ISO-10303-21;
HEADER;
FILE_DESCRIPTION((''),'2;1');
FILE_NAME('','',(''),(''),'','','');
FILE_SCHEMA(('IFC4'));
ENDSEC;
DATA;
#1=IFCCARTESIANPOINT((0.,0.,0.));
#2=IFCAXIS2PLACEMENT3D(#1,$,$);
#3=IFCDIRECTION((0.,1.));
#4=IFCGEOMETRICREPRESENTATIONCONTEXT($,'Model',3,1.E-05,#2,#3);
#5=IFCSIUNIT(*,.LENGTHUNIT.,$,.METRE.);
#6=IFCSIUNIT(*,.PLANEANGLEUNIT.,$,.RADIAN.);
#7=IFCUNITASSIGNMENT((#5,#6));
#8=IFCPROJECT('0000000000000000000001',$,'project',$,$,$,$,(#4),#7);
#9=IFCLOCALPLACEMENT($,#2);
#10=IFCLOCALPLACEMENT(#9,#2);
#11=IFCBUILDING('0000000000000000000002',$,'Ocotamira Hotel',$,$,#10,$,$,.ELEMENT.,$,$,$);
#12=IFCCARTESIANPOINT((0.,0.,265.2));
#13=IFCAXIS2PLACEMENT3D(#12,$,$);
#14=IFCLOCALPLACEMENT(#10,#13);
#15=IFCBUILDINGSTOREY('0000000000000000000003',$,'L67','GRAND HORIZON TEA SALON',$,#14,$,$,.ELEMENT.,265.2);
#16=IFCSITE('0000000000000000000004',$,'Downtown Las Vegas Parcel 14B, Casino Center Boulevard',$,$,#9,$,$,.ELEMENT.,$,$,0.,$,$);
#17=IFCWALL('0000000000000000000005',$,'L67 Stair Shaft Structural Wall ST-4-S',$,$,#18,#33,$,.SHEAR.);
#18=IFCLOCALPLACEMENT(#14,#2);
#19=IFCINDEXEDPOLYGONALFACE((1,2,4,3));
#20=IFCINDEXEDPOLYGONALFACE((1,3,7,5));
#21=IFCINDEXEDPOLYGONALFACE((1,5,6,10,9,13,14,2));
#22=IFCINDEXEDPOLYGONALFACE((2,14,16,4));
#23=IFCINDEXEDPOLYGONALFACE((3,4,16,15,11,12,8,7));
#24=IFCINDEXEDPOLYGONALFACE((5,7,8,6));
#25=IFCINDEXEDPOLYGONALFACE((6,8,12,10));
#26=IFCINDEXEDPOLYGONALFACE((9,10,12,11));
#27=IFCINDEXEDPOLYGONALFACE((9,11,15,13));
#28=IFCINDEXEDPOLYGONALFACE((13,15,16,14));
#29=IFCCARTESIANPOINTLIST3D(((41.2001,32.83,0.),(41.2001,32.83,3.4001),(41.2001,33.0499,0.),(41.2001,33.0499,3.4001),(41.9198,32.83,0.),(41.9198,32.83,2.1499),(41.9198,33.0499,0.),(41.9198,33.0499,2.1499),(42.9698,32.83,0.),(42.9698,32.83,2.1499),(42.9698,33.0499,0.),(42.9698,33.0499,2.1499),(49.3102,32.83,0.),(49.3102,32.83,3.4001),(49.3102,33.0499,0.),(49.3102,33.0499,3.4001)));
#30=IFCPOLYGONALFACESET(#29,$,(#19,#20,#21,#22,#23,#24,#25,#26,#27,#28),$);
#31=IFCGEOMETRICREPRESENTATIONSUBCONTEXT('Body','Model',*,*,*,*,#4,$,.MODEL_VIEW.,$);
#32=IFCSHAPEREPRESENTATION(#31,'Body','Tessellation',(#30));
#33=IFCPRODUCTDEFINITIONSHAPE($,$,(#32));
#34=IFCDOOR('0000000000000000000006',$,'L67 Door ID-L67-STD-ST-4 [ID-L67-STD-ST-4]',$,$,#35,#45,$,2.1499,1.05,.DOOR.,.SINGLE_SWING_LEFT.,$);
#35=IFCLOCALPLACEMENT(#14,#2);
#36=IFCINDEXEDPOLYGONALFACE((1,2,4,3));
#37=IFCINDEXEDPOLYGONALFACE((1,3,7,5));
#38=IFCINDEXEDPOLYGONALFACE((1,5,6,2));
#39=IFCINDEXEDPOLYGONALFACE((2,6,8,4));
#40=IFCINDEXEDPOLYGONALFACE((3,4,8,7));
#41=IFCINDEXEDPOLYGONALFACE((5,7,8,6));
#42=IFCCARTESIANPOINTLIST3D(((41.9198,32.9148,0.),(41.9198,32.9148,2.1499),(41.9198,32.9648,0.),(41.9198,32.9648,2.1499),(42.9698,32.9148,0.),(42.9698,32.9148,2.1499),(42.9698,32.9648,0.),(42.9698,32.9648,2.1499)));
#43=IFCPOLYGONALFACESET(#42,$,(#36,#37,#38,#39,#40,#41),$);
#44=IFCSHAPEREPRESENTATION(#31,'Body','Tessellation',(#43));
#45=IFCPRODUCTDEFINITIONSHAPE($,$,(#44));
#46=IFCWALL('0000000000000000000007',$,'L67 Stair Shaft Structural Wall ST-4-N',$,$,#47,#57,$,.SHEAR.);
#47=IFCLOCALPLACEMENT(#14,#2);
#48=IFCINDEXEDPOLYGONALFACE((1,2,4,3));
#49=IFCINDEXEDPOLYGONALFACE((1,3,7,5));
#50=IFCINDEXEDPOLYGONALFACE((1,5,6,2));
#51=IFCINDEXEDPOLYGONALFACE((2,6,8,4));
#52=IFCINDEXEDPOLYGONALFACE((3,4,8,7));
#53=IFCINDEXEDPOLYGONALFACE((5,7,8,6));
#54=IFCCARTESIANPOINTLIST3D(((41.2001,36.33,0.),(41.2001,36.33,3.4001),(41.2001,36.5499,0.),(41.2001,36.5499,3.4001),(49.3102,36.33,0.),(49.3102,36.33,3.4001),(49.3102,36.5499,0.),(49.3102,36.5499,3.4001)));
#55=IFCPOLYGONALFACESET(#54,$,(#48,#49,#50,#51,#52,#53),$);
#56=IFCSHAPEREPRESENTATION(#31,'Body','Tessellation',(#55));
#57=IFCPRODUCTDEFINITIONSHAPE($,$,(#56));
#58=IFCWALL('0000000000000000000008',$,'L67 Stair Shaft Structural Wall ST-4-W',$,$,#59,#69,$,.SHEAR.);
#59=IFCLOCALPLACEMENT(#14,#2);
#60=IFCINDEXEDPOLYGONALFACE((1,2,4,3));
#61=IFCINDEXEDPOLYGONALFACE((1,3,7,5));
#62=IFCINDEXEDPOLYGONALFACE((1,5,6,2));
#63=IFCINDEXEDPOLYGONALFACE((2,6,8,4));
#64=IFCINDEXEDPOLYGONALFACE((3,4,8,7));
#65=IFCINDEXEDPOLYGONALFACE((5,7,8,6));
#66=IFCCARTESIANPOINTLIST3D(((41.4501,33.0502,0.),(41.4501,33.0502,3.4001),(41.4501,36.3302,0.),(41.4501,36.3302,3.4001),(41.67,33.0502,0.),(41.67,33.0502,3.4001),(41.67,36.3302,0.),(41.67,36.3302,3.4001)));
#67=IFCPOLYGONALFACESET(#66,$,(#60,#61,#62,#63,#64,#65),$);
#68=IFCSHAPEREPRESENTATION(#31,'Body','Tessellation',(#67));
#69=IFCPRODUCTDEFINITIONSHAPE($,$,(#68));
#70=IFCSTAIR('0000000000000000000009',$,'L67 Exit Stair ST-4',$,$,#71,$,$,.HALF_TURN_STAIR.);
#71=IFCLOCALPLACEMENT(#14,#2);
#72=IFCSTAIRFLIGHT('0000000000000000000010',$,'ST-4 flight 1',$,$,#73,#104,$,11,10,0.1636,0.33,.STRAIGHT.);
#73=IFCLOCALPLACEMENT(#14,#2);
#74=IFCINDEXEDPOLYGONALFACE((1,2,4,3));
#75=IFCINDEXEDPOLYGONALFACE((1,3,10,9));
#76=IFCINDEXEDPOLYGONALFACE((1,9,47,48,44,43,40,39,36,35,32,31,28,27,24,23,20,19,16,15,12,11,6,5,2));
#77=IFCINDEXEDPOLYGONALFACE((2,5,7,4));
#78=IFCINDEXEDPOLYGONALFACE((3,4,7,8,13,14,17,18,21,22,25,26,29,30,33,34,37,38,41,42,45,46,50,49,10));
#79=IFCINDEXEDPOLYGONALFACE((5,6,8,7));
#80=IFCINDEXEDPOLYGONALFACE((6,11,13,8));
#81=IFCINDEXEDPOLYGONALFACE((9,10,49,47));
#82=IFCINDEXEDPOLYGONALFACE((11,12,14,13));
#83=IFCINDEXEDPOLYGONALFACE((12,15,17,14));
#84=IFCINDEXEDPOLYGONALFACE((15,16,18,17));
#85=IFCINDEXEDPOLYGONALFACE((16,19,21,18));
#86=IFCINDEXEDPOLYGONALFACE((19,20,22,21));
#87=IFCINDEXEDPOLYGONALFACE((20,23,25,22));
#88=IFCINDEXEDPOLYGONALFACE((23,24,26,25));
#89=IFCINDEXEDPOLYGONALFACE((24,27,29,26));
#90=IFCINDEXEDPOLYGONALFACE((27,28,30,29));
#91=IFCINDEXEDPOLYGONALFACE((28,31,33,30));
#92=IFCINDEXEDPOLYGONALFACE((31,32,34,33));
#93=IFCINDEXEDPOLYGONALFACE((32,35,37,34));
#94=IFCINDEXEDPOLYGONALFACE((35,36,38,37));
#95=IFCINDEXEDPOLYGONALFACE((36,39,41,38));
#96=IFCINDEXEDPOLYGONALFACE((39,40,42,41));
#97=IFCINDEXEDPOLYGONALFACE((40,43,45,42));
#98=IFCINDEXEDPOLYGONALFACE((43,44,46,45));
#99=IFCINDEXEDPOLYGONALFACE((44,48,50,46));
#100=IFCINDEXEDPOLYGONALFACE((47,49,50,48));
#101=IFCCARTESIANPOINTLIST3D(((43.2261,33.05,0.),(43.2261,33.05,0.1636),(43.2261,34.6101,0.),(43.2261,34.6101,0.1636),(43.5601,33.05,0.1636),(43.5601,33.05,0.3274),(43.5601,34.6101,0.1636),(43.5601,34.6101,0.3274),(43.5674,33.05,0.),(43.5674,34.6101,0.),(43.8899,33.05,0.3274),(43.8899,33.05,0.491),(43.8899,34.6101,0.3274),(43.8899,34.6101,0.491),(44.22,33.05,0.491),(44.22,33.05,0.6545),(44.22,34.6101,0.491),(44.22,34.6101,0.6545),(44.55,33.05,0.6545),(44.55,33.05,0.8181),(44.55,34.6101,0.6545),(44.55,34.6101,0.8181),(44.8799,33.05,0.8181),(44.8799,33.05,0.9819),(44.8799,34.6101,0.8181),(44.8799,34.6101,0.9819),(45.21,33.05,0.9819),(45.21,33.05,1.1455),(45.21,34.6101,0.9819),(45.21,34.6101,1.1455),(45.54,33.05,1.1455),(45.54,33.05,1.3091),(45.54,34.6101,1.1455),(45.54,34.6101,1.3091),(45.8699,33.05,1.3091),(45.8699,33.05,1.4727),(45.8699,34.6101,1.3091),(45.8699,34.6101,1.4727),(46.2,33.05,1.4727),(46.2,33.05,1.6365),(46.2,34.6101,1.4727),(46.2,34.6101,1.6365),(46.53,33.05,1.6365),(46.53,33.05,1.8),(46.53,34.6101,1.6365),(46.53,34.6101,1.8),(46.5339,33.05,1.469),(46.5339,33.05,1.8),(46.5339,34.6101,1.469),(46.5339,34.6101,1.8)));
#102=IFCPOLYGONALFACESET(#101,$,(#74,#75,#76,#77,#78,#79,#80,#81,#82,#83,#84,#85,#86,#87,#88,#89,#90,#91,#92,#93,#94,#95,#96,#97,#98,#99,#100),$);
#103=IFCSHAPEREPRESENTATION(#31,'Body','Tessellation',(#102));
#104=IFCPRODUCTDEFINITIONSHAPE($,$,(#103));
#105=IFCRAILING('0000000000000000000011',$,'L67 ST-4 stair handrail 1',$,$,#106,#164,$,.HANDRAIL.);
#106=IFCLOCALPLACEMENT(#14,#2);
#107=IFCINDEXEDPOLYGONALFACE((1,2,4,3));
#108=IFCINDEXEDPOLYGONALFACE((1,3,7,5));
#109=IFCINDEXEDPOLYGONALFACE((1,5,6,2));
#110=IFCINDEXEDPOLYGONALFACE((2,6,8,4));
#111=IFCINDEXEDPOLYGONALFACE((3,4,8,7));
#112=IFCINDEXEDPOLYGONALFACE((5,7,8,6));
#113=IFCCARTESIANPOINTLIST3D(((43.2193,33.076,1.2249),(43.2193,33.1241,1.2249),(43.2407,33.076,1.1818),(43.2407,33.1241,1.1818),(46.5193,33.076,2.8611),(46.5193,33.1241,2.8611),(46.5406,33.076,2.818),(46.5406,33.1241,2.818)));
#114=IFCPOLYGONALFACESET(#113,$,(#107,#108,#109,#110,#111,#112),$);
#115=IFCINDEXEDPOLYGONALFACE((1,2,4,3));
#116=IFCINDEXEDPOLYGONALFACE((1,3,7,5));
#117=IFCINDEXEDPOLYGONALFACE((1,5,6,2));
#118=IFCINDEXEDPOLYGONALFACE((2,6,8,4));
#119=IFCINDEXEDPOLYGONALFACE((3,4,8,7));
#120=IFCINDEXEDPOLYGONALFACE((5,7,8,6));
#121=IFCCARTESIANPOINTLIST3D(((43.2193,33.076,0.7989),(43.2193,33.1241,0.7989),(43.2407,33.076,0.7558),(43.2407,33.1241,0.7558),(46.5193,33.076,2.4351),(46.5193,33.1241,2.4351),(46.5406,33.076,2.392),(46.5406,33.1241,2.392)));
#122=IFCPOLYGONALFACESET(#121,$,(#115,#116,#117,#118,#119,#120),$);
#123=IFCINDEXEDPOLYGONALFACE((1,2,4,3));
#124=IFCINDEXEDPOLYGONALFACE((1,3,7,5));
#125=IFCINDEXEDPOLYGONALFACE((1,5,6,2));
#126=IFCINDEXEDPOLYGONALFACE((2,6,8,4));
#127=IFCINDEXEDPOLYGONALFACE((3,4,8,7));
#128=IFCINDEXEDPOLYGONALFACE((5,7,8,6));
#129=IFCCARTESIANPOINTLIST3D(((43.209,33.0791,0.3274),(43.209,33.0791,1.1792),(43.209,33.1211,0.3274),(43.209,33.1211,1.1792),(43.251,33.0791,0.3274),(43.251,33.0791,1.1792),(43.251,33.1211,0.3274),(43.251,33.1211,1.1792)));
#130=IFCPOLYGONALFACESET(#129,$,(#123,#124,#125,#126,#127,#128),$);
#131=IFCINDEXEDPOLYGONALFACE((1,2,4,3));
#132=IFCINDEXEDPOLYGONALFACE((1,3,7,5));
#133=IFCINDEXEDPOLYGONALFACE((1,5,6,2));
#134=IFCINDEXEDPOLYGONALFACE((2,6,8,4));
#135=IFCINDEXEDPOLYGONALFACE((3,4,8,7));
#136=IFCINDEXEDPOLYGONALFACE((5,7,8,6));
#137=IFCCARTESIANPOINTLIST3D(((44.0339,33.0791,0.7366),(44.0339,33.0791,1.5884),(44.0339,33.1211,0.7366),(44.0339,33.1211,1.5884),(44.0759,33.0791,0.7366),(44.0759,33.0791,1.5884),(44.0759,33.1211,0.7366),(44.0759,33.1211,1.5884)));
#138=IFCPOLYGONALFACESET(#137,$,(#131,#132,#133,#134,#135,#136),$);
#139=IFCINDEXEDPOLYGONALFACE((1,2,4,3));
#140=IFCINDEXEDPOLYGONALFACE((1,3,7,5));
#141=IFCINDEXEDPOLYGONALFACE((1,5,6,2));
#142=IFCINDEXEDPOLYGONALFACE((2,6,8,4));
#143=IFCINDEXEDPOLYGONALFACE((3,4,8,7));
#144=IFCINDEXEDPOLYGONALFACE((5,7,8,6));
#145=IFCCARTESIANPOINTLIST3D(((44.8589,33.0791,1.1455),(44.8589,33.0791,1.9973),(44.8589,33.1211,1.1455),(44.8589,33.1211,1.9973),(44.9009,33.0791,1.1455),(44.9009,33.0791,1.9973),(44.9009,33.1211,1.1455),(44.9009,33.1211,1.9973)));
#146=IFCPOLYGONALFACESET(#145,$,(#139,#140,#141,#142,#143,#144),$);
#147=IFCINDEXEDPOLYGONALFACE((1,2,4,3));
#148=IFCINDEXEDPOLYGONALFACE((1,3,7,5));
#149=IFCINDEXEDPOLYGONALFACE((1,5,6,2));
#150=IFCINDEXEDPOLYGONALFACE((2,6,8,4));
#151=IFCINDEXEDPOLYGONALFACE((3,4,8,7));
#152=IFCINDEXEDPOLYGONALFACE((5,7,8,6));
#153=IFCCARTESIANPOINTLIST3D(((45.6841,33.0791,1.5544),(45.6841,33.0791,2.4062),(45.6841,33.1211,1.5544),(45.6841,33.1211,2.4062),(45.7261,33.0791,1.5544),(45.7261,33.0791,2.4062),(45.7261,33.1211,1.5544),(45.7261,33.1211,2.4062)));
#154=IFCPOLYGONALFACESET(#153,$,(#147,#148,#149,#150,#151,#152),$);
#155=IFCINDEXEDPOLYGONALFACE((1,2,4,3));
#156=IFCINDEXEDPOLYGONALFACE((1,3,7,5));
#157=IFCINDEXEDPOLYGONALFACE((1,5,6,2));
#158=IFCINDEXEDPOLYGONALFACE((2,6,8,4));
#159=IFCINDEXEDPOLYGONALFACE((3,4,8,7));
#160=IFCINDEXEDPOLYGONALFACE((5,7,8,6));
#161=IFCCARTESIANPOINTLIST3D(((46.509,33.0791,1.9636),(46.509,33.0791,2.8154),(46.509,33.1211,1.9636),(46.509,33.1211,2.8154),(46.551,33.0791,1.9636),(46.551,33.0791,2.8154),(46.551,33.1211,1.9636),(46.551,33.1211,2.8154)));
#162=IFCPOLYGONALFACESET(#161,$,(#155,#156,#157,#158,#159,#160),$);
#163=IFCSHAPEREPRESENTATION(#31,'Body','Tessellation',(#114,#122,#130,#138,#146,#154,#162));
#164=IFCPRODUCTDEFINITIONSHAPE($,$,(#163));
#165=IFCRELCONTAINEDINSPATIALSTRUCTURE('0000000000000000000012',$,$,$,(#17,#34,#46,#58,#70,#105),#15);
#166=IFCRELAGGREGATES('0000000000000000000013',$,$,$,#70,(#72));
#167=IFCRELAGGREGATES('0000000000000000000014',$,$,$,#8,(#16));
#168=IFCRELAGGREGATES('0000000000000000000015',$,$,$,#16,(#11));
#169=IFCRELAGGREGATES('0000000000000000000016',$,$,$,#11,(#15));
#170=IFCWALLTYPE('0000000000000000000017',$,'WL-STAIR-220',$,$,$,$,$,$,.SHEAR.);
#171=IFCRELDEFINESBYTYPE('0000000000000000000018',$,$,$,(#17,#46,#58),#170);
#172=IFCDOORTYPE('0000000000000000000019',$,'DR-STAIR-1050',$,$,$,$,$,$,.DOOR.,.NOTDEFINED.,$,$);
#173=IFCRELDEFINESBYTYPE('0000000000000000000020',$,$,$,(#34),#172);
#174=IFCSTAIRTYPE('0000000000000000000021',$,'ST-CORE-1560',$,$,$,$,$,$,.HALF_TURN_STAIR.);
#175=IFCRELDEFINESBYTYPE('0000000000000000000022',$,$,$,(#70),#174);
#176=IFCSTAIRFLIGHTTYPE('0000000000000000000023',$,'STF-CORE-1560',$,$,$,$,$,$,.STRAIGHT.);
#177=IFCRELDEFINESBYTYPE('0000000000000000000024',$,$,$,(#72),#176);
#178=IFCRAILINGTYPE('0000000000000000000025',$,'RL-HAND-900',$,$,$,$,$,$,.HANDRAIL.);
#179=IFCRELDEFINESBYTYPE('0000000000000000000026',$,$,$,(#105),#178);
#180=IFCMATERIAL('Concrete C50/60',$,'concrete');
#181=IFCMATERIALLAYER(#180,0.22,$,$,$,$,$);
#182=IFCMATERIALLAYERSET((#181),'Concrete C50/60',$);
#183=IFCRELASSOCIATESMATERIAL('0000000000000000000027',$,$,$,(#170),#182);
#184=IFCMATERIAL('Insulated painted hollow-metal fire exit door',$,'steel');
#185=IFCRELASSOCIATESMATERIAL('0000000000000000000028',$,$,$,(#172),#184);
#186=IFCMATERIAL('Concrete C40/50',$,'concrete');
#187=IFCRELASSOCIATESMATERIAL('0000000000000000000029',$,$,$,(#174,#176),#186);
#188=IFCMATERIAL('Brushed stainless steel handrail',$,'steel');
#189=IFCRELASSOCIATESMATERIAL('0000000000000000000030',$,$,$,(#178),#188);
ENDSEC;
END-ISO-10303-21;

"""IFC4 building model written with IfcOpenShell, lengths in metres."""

from ifc_helpers import new_model, si_unit, direction, frame, frame_2d, origin, origin_2d, place, context, subcontext, project, spatial, polyline, rectangle, outline, extrude, source, transform, mapped, material, layer, layer_set, type_object, element, fill, aggregate, save


model = new_model("IFC4")

# Units and contexts
model_context = context("Model", 3, precision=1e-05, world=origin(), true_north=direction((0.0, 1.0)))
body_context = subcontext(model_context, "Body", "Model", "MODEL_VIEW")
ifc_project = project(units=[si_unit("LENGTHUNIT", "METRE"), si_unit("PLANEANGLEUNIT", "RADIAN")], contexts=[model_context])

# Site, building, storey
site_placement = place(None, origin())
site = spatial("IfcSite", under=ifc_project, at=site_placement, Name="Downtown Las Vegas Parcel 14B, Casino Center Boulevard", CompositionType="ELEMENT", RefElevation=0.0)
building_placement = place(site_placement, origin())
building = spatial("IfcBuilding", under=site, at=building_placement, Name="Ocotamira Hotel", CompositionType="ELEMENT")
storey_placement = place(building_placement, frame((0.0, 0.0, 265.2)))
storey = spatial("IfcBuildingStorey", under=building, at=storey_placement, Name="L67", Description="GRAND HORIZON TEA SALON", CompositionType="ELEMENT", Elevation=265.2)

# Shared definitions
ifc_material_1 = material(Name="Concrete C50/60", Category="concrete")

# Wall, opening, door
ifc_layer_1 = layer(ifc_material_1, 0.22)
ifc_layer_set_1 = layer_set([ifc_layer_1], Name="Concrete C50/60")
wall_type_1 = type_object("IfcWallType", Name="WL-STAIR-220", PredefinedType="SHEAR", material=ifc_layer_set_1)
wall_1_placement = place(storey_placement, frame((41.2, 32.9399, 0.0), z_axis=(0.0, 0.0, 1.0), x_axis=(1.0, 0.0, 0.0)))
wall_1 = element("IfcWall", 1, at=wall_1_placement, inside=storey, type_object=wall_type_1, Name="L67 Stair Shaft Structural Wall ST-4-S", PredefinedType="SHEAR", context=body_context, shape_type="SweptSolid", body=[
    extrude(rectangle(XDim=8.1101, YDim=0.22, at=frame_2d((4.0552, 0.0))), origin(), (0.0, 0.0, 1.0), 3.4001),
])
opening_1_placement = place(wall_1_placement, frame((0.72, 0.0, 0.0)))
opening_1 = element("IfcOpeningElement", 2, at=opening_1_placement, cuts=wall_1, PredefinedType="OPENING", context=body_context, shape_type="SweptSolid", body=[
    extrude(rectangle(XDim=1.05, YDim=2.1499, at=frame_2d((0.5249, 1.075))), frame((0.0, 0.1201, 0.0), z_axis=(0.0, -1.0, 0.0), x_axis=(1.0, 0.0, 0.0)), (0.0, 0.0, 1.0), 0.24),
])
ifc_material_2 = material(Name="Insulated painted hollow-metal fire exit door", Category="steel")
door_type_1 = type_object("IfcDoorType", Name="DR-STAIR-1050", OperationType="NOTDEFINED", PredefinedType="DOOR", material=ifc_material_2)
shared_shape_1 = source(origin(), body_context, "Body", "SweptSolid", [
    extrude(rectangle(XDim=1.05, YDim=2.1499, at=frame_2d((0.5249, 1.075))), frame((0.0, 0.0249, 0.0), z_axis=(0.0, -1.0, 0.0), x_axis=(1.0, 0.0, 0.0)), (0.0, 0.0, 1.0), 0.05),
])
door_1_placement = place(opening_1_placement, origin())
door_1 = element("IfcDoor", 3, at=door_1_placement, inside=storey, type_object=door_type_1, Name="L67 Door ID-L67-STD-ST-4 [ID-L67-STD-ST-4]", OperationType="SINGLE_SWING_LEFT", OverallHeight=2.1499, OverallWidth=1.05, PredefinedType="DOOR", context=body_context, shape_type="MappedRepresentation", body=[
    mapped(shared_shape_1, transform((0.0, 0.0, 0.0), scale=1.0)),
])
fill(opening_1, door_1)

# Walls
wall_2_placement = place(storey_placement, frame((41.2, 36.4399, 0.0), z_axis=(0.0, 0.0, 1.0), x_axis=(1.0, 0.0, 0.0)))
element("IfcWall", 4, at=wall_2_placement, inside=storey, type_object=wall_type_1, Name="L67 Stair Shaft Structural Wall ST-4-N", PredefinedType="SHEAR", context=body_context, shape_type="SweptSolid", body=[
    extrude(rectangle(XDim=8.1101, YDim=0.22, at=frame_2d((4.0552, 0.0))), origin(), (0.0, 0.0, 1.0), 3.4001),
])
wall_3_placement = place(storey_placement, frame((41.5601, 33.05, 0.0), z_axis=(0.0, 0.0, 1.0), x_axis=(0.0, 1.0, 0.0)))
element("IfcWall", 5, at=wall_3_placement, inside=storey, type_object=wall_type_1, Name="L67 Stair Shaft Structural Wall ST-4-W", PredefinedType="SHEAR", context=body_context, shape_type="SweptSolid", body=[
    extrude(rectangle(XDim=3.28, YDim=0.22, at=frame_2d((1.6401, 0.0))), origin(), (0.0, 0.0, 1.0), 3.4001),
])

# Stair, stair flight
ifc_material_3 = material(Name="Concrete C40/50", Category="concrete")
stair_type = type_object("IfcStairType", Name="ST-CORE-1560", PredefinedType="HALF_TURN_STAIR", material=ifc_material_3)
stair_placement = place(storey_placement, origin())
stair = element("IfcStair", 6, at=stair_placement, inside=storey, type_object=stair_type, Name="L67 Exit Stair ST-4", PredefinedType="HALF_TURN_STAIR")
stair_flight_type = type_object("IfcStairFlightType", Name="STF-CORE-1560", PredefinedType="STRAIGHT", material=ifc_material_3)
shared_shape_2 = source(origin(), body_context, "Body", "SweptSolid", [
    extrude(outline(polyline([(-0.0039, 0.0), (-0.0039, 0.1636), (0.3301, 0.1636), (0.3301, 0.3274), (0.6599, 0.3274), (0.6599, 0.491), (0.99, 0.491), (0.99, 0.6545), (1.3201, 0.6545), (1.3201, 0.8181), (1.6499, 0.8181), (1.6499, 0.9819), (1.98, 0.9819), (1.98, 1.1455), (2.3101, 1.1455), (2.3101, 1.3091), (2.6399, 1.3091), (2.6399, 1.4727), (2.97, 1.4727), (2.97, 1.6365), (3.3, 1.6365), (3.3, 1.8), (3.304, 1.8), (3.304, 1.469), (0.3374, 0.0), (-0.0039, 0.0)])), frame((0.0, 0.78, 0.0), z_axis=(0.0, -1.0, 0.0), x_axis=(1.0, 0.0, 0.0)), (0.0, 0.0, 1.0), 1.5601),
])
stair_flight_placement = place(storey_placement, frame((43.23, 33.8301, 0.0), z_axis=(0.0, 0.0, 1.0), x_axis=(1.0, 0.0, 0.0)))
stair_flight = element("IfcStairFlight", 7, at=stair_flight_placement, type_object=stair_flight_type, Name="ST-4 flight 1", NumberOfRisers=11, NumberOfTreads=10, PredefinedType="STRAIGHT", RiserHeight=0.1636, TreadLength=0.33, context=body_context, shape_type="MappedRepresentation", body=[
    mapped(shared_shape_2, transform((0.0, 0.0, 0.0), scale=1.0)),
])
aggregate(stair, [stair_flight])

# Railing
ifc_material_4 = material(Name="Brushed stainless steel handrail", Category="steel")
railing_type_1 = type_object("IfcRailingType", Name="RL-HAND-900", PredefinedType="HANDRAIL", material=ifc_material_4)
railing_1_placement = place(storey_placement, frame((43.23, 33.1001, 0.3274)))
element("IfcRailing", 8, at=railing_1_placement, inside=storey, type_object=railing_type_1, Name="L67 ST-4 stair handrail 1", PredefinedType="HANDRAIL", context=body_context, shape_type="SweptSolid", body=[
    extrude(rectangle(XDim=0.0481, YDim=0.0481, at=origin_2d()), frame((0.0, 0.0, 0.876), z_axis=(0.89592, 0.0, 0.444215), x_axis=(0.0, 1.0, 0.0)), (0.0, 0.0, 1.0), 3.6833),
    extrude(rectangle(XDim=0.0481, YDim=0.0481, at=origin_2d()), frame((0.0, 0.0, 0.45), z_axis=(0.89592, 0.0, 0.444215), x_axis=(0.0, 1.0, 0.0)), (0.0, 0.0, 1.0), 3.6833),
    extrude(rectangle(XDim=0.042, YDim=0.042, at=origin_2d()), origin(), (0.0, 0.0, 1.0), 0.8518),
    extrude(rectangle(XDim=0.042, YDim=0.042, at=origin_2d()), frame((0.825, 0.0, 0.4092)), (0.0, 0.0, 1.0), 0.8518),
    extrude(rectangle(XDim=0.042, YDim=0.042, at=origin_2d()), frame((1.6499, 0.0, 0.8181)), (0.0, 0.0, 1.0), 0.8518),
    extrude(rectangle(XDim=0.042, YDim=0.042, at=origin_2d()), frame((2.4751, 0.0, 1.2271)), (0.0, 0.0, 1.0), 0.8518),
    extrude(rectangle(XDim=0.042, YDim=0.042, at=origin_2d()), frame((3.3, 0.0, 1.6362)), (0.0, 0.0, 1.0), 0.8518),
])

save(model, "model.ifc")
